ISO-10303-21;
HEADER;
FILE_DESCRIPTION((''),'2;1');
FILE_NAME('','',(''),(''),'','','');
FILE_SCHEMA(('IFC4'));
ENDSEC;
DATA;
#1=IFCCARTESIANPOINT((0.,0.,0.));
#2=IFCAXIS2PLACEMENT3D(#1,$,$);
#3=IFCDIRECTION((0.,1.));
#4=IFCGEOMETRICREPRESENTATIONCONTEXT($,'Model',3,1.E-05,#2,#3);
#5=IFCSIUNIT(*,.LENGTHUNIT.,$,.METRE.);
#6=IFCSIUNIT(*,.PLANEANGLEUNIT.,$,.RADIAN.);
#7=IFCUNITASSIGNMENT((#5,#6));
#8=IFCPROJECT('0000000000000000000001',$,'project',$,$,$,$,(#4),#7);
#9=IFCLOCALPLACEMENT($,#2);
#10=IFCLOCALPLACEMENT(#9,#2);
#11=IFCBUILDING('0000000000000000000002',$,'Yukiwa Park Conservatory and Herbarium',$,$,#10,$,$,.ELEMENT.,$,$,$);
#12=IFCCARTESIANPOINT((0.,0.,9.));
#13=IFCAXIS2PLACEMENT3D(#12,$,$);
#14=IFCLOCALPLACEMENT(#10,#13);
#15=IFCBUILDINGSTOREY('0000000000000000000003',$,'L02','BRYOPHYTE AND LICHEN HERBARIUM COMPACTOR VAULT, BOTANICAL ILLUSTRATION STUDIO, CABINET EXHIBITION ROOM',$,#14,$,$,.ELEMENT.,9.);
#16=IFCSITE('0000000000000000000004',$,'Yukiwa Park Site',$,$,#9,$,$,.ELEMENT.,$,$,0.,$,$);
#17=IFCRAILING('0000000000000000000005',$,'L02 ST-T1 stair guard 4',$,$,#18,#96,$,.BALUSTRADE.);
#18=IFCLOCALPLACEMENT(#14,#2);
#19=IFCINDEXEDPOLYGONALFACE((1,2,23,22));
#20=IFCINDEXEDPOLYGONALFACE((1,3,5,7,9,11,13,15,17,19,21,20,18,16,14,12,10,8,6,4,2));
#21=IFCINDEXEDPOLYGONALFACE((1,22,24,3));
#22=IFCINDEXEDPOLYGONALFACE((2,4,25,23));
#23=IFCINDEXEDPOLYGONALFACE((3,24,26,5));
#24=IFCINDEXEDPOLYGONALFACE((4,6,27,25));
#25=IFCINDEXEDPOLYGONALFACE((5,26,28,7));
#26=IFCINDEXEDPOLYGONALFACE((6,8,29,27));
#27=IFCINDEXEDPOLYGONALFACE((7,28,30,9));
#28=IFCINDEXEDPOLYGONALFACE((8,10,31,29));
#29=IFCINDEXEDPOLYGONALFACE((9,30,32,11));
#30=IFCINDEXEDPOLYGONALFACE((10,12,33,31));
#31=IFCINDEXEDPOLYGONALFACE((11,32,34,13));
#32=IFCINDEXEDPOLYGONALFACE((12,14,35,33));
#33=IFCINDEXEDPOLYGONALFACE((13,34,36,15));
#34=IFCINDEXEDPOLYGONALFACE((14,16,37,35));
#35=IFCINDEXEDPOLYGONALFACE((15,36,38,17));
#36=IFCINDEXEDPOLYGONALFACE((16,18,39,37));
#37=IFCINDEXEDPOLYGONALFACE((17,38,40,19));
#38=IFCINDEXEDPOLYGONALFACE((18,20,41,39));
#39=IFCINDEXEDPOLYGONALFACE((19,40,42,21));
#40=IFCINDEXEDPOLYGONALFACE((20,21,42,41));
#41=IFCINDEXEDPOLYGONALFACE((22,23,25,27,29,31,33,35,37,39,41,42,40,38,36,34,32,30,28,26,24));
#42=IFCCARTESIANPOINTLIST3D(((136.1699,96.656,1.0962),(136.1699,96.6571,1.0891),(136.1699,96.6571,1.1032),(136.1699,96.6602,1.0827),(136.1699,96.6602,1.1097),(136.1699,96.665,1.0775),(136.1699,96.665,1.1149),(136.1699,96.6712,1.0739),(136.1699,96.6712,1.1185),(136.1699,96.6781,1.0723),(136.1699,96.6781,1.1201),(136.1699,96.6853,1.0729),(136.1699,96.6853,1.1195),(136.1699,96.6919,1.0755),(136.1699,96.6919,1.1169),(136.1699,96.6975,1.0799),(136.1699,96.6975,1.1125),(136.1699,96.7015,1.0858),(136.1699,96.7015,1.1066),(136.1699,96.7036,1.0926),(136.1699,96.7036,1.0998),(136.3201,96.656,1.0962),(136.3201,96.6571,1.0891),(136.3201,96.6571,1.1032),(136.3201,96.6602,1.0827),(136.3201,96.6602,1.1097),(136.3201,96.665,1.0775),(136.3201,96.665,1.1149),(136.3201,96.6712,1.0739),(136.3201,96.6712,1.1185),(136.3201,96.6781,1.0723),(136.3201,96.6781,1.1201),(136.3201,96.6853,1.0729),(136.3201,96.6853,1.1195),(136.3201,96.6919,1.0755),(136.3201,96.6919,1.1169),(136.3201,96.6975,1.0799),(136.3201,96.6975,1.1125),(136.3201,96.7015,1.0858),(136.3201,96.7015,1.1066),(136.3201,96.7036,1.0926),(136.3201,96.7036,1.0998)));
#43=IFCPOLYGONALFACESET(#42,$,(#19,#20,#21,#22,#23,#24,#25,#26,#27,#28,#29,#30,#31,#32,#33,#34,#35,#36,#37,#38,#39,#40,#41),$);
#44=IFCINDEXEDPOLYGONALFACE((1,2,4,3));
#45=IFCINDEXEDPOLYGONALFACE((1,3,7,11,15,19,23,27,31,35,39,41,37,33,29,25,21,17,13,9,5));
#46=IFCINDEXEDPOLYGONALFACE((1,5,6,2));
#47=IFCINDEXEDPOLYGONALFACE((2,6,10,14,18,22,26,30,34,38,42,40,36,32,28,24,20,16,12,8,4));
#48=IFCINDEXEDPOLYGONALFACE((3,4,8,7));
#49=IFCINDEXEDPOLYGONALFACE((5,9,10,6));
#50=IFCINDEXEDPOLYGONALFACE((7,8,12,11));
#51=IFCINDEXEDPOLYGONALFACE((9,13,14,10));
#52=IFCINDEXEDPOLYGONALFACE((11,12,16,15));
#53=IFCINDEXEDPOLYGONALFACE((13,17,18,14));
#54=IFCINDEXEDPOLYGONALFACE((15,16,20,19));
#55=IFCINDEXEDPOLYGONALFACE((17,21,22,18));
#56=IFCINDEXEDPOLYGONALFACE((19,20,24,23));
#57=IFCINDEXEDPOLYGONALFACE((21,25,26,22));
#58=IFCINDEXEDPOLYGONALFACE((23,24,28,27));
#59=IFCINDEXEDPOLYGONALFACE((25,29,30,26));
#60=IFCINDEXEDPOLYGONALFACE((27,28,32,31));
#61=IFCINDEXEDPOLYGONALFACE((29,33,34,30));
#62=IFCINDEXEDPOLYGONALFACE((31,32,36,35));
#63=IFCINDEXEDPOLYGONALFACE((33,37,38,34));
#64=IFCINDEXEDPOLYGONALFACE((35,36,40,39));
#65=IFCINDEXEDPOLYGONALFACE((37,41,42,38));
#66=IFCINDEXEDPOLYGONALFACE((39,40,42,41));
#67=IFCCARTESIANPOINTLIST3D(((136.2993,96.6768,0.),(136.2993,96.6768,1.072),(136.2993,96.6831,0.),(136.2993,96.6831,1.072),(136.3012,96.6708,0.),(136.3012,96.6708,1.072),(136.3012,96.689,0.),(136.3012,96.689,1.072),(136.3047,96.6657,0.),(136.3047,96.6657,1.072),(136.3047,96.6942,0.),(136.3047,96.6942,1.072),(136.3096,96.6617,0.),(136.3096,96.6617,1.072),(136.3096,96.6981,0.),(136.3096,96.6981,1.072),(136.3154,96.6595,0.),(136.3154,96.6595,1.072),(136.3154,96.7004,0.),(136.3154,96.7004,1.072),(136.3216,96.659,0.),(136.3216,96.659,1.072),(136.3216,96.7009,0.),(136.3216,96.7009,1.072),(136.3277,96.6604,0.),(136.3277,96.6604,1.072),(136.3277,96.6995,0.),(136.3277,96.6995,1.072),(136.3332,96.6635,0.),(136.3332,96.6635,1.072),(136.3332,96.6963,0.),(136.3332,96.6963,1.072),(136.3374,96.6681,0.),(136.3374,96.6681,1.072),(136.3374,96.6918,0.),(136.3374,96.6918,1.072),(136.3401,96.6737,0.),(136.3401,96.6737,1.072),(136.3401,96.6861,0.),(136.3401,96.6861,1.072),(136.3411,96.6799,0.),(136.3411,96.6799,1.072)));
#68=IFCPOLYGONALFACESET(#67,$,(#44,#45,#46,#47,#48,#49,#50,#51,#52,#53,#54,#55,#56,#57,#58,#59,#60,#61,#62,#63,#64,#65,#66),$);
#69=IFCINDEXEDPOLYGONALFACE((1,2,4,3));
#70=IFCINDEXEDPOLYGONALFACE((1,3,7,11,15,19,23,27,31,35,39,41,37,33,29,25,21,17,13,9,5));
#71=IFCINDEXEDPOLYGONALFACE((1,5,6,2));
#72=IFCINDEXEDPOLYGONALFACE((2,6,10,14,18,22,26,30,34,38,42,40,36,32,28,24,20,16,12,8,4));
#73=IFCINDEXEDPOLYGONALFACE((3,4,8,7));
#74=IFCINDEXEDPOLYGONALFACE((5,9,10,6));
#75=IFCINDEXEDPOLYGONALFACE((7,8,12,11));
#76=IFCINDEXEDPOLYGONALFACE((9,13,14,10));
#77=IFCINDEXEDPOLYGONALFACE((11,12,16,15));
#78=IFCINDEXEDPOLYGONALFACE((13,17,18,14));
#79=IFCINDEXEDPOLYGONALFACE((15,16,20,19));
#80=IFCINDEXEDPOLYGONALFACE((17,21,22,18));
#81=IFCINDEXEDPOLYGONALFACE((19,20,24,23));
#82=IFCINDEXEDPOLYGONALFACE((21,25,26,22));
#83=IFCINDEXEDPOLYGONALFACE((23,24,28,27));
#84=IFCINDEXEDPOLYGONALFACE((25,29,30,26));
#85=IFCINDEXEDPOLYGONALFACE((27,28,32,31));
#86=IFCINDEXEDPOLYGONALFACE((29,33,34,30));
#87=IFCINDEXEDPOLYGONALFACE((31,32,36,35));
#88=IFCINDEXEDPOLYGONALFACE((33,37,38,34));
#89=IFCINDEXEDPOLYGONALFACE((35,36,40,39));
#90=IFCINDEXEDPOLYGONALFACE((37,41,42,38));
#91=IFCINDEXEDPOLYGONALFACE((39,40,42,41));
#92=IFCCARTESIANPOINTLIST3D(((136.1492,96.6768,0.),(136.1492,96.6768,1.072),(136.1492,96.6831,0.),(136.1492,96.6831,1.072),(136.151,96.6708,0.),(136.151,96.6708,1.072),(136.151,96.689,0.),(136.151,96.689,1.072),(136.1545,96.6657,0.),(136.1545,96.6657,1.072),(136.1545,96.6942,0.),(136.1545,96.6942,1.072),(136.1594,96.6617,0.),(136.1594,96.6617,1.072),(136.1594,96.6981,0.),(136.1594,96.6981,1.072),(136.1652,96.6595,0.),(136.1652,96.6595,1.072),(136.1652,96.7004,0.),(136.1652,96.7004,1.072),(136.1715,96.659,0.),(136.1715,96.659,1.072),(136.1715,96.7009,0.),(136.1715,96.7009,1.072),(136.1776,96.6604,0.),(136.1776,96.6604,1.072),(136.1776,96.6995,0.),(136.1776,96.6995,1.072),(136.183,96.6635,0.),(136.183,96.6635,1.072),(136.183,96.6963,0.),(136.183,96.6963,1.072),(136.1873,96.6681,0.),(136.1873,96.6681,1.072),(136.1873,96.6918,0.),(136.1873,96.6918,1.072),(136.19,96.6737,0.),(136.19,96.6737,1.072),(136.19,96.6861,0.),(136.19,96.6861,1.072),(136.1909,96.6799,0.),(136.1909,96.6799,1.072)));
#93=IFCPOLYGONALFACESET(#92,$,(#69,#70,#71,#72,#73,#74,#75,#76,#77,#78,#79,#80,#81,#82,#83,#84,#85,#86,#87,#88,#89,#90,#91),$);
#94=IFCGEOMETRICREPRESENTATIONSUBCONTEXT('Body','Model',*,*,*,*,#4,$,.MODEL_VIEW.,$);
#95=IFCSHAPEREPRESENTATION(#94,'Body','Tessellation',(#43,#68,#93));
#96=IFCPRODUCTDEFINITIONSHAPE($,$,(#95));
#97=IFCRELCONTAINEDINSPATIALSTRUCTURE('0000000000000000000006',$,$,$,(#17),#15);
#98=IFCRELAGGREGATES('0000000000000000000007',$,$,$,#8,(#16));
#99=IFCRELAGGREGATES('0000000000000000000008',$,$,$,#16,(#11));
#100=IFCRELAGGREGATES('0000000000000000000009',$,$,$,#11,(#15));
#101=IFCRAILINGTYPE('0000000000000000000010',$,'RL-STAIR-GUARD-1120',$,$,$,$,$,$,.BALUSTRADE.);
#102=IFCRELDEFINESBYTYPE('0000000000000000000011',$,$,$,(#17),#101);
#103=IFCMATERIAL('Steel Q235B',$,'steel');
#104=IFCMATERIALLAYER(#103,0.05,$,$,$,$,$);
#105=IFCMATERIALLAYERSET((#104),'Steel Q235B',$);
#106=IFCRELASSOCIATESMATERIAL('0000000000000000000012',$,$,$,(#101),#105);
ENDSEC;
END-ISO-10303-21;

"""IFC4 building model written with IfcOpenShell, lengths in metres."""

from ifc_helpers import new_model, si_unit, direction, frame, origin, origin_2d, place, context, subcontext, project, spatial, circle, extrude, material, layer, layer_set, type_object, element, save


model = new_model("IFC4")

# Units and contexts
model_context = context("Model", 3, precision=1e-05, world=origin(), true_north=direction((0.0, 1.0)))
body_context = subcontext(model_context, "Body", "Model", "MODEL_VIEW")
ifc_project = project(units=[si_unit("LENGTHUNIT", "METRE"), si_unit("PLANEANGLEUNIT", "RADIAN")], contexts=[model_context])

# Site, building, storey
site_placement = place(None, origin())
site = spatial("IfcSite", under=ifc_project, at=site_placement, Name="Yukiwa Park Site", CompositionType="ELEMENT", RefElevation=0.0)
building_placement = place(site_placement, origin())
building = spatial("IfcBuilding", under=site, at=building_placement, Name="Yukiwa Park Conservatory and Herbarium", CompositionType="ELEMENT")
storey_placement = place(building_placement, frame((0.0, 0.0, 9.0)))
storey = spatial("IfcBuildingStorey", under=building, at=storey_placement, Name="L02", Description="BRYOPHYTE AND LICHEN HERBARIUM COMPACTOR VAULT, BOTANICAL ILLUSTRATION STUDIO, CABINET EXHIBITION ROOM", CompositionType="ELEMENT", Elevation=9.0)

# Railing
ifc_material_1 = material(Name="Steel Q235B", Category="steel")
ifc_layer_1 = layer(ifc_material_1, 0.05)
ifc_layer_set_1 = layer_set([ifc_layer_1], Name="Steel Q235B")
railing_type_1 = type_object("IfcRailingType", Name="RL-STAIR-GUARD-1120", PredefinedType="BALUSTRADE", material=ifc_layer_set_1)
railing_1_placement = place(storey_placement, frame((136.3201, 96.6799, 0.0)))
element("IfcRailing", 1, at=railing_1_placement, inside=storey, type_object=railing_type_1, Name="L02 ST-T1 stair guard 4", PredefinedType="BALUSTRADE", context=body_context, shape_type="SweptSolid", body=[
    extrude(circle(Radius=0.0239, at=origin_2d()), frame((0.0, 0.0, 1.0962), z_axis=(-1.0, 0.0, 0.0), x_axis=(0.0, -1.0, 0.0)), (0.0, 0.0, 1.0), 0.1501),
    extrude(circle(Radius=0.021, at=origin_2d()), origin(), (0.0, 0.0, 1.0), 1.072),
    extrude(circle(Radius=0.021, at=origin_2d()), frame((-0.1501, 0.0, 0.0)), (0.0, 0.0, 1.0), 1.072),
])

save(model, "model.ifc")
